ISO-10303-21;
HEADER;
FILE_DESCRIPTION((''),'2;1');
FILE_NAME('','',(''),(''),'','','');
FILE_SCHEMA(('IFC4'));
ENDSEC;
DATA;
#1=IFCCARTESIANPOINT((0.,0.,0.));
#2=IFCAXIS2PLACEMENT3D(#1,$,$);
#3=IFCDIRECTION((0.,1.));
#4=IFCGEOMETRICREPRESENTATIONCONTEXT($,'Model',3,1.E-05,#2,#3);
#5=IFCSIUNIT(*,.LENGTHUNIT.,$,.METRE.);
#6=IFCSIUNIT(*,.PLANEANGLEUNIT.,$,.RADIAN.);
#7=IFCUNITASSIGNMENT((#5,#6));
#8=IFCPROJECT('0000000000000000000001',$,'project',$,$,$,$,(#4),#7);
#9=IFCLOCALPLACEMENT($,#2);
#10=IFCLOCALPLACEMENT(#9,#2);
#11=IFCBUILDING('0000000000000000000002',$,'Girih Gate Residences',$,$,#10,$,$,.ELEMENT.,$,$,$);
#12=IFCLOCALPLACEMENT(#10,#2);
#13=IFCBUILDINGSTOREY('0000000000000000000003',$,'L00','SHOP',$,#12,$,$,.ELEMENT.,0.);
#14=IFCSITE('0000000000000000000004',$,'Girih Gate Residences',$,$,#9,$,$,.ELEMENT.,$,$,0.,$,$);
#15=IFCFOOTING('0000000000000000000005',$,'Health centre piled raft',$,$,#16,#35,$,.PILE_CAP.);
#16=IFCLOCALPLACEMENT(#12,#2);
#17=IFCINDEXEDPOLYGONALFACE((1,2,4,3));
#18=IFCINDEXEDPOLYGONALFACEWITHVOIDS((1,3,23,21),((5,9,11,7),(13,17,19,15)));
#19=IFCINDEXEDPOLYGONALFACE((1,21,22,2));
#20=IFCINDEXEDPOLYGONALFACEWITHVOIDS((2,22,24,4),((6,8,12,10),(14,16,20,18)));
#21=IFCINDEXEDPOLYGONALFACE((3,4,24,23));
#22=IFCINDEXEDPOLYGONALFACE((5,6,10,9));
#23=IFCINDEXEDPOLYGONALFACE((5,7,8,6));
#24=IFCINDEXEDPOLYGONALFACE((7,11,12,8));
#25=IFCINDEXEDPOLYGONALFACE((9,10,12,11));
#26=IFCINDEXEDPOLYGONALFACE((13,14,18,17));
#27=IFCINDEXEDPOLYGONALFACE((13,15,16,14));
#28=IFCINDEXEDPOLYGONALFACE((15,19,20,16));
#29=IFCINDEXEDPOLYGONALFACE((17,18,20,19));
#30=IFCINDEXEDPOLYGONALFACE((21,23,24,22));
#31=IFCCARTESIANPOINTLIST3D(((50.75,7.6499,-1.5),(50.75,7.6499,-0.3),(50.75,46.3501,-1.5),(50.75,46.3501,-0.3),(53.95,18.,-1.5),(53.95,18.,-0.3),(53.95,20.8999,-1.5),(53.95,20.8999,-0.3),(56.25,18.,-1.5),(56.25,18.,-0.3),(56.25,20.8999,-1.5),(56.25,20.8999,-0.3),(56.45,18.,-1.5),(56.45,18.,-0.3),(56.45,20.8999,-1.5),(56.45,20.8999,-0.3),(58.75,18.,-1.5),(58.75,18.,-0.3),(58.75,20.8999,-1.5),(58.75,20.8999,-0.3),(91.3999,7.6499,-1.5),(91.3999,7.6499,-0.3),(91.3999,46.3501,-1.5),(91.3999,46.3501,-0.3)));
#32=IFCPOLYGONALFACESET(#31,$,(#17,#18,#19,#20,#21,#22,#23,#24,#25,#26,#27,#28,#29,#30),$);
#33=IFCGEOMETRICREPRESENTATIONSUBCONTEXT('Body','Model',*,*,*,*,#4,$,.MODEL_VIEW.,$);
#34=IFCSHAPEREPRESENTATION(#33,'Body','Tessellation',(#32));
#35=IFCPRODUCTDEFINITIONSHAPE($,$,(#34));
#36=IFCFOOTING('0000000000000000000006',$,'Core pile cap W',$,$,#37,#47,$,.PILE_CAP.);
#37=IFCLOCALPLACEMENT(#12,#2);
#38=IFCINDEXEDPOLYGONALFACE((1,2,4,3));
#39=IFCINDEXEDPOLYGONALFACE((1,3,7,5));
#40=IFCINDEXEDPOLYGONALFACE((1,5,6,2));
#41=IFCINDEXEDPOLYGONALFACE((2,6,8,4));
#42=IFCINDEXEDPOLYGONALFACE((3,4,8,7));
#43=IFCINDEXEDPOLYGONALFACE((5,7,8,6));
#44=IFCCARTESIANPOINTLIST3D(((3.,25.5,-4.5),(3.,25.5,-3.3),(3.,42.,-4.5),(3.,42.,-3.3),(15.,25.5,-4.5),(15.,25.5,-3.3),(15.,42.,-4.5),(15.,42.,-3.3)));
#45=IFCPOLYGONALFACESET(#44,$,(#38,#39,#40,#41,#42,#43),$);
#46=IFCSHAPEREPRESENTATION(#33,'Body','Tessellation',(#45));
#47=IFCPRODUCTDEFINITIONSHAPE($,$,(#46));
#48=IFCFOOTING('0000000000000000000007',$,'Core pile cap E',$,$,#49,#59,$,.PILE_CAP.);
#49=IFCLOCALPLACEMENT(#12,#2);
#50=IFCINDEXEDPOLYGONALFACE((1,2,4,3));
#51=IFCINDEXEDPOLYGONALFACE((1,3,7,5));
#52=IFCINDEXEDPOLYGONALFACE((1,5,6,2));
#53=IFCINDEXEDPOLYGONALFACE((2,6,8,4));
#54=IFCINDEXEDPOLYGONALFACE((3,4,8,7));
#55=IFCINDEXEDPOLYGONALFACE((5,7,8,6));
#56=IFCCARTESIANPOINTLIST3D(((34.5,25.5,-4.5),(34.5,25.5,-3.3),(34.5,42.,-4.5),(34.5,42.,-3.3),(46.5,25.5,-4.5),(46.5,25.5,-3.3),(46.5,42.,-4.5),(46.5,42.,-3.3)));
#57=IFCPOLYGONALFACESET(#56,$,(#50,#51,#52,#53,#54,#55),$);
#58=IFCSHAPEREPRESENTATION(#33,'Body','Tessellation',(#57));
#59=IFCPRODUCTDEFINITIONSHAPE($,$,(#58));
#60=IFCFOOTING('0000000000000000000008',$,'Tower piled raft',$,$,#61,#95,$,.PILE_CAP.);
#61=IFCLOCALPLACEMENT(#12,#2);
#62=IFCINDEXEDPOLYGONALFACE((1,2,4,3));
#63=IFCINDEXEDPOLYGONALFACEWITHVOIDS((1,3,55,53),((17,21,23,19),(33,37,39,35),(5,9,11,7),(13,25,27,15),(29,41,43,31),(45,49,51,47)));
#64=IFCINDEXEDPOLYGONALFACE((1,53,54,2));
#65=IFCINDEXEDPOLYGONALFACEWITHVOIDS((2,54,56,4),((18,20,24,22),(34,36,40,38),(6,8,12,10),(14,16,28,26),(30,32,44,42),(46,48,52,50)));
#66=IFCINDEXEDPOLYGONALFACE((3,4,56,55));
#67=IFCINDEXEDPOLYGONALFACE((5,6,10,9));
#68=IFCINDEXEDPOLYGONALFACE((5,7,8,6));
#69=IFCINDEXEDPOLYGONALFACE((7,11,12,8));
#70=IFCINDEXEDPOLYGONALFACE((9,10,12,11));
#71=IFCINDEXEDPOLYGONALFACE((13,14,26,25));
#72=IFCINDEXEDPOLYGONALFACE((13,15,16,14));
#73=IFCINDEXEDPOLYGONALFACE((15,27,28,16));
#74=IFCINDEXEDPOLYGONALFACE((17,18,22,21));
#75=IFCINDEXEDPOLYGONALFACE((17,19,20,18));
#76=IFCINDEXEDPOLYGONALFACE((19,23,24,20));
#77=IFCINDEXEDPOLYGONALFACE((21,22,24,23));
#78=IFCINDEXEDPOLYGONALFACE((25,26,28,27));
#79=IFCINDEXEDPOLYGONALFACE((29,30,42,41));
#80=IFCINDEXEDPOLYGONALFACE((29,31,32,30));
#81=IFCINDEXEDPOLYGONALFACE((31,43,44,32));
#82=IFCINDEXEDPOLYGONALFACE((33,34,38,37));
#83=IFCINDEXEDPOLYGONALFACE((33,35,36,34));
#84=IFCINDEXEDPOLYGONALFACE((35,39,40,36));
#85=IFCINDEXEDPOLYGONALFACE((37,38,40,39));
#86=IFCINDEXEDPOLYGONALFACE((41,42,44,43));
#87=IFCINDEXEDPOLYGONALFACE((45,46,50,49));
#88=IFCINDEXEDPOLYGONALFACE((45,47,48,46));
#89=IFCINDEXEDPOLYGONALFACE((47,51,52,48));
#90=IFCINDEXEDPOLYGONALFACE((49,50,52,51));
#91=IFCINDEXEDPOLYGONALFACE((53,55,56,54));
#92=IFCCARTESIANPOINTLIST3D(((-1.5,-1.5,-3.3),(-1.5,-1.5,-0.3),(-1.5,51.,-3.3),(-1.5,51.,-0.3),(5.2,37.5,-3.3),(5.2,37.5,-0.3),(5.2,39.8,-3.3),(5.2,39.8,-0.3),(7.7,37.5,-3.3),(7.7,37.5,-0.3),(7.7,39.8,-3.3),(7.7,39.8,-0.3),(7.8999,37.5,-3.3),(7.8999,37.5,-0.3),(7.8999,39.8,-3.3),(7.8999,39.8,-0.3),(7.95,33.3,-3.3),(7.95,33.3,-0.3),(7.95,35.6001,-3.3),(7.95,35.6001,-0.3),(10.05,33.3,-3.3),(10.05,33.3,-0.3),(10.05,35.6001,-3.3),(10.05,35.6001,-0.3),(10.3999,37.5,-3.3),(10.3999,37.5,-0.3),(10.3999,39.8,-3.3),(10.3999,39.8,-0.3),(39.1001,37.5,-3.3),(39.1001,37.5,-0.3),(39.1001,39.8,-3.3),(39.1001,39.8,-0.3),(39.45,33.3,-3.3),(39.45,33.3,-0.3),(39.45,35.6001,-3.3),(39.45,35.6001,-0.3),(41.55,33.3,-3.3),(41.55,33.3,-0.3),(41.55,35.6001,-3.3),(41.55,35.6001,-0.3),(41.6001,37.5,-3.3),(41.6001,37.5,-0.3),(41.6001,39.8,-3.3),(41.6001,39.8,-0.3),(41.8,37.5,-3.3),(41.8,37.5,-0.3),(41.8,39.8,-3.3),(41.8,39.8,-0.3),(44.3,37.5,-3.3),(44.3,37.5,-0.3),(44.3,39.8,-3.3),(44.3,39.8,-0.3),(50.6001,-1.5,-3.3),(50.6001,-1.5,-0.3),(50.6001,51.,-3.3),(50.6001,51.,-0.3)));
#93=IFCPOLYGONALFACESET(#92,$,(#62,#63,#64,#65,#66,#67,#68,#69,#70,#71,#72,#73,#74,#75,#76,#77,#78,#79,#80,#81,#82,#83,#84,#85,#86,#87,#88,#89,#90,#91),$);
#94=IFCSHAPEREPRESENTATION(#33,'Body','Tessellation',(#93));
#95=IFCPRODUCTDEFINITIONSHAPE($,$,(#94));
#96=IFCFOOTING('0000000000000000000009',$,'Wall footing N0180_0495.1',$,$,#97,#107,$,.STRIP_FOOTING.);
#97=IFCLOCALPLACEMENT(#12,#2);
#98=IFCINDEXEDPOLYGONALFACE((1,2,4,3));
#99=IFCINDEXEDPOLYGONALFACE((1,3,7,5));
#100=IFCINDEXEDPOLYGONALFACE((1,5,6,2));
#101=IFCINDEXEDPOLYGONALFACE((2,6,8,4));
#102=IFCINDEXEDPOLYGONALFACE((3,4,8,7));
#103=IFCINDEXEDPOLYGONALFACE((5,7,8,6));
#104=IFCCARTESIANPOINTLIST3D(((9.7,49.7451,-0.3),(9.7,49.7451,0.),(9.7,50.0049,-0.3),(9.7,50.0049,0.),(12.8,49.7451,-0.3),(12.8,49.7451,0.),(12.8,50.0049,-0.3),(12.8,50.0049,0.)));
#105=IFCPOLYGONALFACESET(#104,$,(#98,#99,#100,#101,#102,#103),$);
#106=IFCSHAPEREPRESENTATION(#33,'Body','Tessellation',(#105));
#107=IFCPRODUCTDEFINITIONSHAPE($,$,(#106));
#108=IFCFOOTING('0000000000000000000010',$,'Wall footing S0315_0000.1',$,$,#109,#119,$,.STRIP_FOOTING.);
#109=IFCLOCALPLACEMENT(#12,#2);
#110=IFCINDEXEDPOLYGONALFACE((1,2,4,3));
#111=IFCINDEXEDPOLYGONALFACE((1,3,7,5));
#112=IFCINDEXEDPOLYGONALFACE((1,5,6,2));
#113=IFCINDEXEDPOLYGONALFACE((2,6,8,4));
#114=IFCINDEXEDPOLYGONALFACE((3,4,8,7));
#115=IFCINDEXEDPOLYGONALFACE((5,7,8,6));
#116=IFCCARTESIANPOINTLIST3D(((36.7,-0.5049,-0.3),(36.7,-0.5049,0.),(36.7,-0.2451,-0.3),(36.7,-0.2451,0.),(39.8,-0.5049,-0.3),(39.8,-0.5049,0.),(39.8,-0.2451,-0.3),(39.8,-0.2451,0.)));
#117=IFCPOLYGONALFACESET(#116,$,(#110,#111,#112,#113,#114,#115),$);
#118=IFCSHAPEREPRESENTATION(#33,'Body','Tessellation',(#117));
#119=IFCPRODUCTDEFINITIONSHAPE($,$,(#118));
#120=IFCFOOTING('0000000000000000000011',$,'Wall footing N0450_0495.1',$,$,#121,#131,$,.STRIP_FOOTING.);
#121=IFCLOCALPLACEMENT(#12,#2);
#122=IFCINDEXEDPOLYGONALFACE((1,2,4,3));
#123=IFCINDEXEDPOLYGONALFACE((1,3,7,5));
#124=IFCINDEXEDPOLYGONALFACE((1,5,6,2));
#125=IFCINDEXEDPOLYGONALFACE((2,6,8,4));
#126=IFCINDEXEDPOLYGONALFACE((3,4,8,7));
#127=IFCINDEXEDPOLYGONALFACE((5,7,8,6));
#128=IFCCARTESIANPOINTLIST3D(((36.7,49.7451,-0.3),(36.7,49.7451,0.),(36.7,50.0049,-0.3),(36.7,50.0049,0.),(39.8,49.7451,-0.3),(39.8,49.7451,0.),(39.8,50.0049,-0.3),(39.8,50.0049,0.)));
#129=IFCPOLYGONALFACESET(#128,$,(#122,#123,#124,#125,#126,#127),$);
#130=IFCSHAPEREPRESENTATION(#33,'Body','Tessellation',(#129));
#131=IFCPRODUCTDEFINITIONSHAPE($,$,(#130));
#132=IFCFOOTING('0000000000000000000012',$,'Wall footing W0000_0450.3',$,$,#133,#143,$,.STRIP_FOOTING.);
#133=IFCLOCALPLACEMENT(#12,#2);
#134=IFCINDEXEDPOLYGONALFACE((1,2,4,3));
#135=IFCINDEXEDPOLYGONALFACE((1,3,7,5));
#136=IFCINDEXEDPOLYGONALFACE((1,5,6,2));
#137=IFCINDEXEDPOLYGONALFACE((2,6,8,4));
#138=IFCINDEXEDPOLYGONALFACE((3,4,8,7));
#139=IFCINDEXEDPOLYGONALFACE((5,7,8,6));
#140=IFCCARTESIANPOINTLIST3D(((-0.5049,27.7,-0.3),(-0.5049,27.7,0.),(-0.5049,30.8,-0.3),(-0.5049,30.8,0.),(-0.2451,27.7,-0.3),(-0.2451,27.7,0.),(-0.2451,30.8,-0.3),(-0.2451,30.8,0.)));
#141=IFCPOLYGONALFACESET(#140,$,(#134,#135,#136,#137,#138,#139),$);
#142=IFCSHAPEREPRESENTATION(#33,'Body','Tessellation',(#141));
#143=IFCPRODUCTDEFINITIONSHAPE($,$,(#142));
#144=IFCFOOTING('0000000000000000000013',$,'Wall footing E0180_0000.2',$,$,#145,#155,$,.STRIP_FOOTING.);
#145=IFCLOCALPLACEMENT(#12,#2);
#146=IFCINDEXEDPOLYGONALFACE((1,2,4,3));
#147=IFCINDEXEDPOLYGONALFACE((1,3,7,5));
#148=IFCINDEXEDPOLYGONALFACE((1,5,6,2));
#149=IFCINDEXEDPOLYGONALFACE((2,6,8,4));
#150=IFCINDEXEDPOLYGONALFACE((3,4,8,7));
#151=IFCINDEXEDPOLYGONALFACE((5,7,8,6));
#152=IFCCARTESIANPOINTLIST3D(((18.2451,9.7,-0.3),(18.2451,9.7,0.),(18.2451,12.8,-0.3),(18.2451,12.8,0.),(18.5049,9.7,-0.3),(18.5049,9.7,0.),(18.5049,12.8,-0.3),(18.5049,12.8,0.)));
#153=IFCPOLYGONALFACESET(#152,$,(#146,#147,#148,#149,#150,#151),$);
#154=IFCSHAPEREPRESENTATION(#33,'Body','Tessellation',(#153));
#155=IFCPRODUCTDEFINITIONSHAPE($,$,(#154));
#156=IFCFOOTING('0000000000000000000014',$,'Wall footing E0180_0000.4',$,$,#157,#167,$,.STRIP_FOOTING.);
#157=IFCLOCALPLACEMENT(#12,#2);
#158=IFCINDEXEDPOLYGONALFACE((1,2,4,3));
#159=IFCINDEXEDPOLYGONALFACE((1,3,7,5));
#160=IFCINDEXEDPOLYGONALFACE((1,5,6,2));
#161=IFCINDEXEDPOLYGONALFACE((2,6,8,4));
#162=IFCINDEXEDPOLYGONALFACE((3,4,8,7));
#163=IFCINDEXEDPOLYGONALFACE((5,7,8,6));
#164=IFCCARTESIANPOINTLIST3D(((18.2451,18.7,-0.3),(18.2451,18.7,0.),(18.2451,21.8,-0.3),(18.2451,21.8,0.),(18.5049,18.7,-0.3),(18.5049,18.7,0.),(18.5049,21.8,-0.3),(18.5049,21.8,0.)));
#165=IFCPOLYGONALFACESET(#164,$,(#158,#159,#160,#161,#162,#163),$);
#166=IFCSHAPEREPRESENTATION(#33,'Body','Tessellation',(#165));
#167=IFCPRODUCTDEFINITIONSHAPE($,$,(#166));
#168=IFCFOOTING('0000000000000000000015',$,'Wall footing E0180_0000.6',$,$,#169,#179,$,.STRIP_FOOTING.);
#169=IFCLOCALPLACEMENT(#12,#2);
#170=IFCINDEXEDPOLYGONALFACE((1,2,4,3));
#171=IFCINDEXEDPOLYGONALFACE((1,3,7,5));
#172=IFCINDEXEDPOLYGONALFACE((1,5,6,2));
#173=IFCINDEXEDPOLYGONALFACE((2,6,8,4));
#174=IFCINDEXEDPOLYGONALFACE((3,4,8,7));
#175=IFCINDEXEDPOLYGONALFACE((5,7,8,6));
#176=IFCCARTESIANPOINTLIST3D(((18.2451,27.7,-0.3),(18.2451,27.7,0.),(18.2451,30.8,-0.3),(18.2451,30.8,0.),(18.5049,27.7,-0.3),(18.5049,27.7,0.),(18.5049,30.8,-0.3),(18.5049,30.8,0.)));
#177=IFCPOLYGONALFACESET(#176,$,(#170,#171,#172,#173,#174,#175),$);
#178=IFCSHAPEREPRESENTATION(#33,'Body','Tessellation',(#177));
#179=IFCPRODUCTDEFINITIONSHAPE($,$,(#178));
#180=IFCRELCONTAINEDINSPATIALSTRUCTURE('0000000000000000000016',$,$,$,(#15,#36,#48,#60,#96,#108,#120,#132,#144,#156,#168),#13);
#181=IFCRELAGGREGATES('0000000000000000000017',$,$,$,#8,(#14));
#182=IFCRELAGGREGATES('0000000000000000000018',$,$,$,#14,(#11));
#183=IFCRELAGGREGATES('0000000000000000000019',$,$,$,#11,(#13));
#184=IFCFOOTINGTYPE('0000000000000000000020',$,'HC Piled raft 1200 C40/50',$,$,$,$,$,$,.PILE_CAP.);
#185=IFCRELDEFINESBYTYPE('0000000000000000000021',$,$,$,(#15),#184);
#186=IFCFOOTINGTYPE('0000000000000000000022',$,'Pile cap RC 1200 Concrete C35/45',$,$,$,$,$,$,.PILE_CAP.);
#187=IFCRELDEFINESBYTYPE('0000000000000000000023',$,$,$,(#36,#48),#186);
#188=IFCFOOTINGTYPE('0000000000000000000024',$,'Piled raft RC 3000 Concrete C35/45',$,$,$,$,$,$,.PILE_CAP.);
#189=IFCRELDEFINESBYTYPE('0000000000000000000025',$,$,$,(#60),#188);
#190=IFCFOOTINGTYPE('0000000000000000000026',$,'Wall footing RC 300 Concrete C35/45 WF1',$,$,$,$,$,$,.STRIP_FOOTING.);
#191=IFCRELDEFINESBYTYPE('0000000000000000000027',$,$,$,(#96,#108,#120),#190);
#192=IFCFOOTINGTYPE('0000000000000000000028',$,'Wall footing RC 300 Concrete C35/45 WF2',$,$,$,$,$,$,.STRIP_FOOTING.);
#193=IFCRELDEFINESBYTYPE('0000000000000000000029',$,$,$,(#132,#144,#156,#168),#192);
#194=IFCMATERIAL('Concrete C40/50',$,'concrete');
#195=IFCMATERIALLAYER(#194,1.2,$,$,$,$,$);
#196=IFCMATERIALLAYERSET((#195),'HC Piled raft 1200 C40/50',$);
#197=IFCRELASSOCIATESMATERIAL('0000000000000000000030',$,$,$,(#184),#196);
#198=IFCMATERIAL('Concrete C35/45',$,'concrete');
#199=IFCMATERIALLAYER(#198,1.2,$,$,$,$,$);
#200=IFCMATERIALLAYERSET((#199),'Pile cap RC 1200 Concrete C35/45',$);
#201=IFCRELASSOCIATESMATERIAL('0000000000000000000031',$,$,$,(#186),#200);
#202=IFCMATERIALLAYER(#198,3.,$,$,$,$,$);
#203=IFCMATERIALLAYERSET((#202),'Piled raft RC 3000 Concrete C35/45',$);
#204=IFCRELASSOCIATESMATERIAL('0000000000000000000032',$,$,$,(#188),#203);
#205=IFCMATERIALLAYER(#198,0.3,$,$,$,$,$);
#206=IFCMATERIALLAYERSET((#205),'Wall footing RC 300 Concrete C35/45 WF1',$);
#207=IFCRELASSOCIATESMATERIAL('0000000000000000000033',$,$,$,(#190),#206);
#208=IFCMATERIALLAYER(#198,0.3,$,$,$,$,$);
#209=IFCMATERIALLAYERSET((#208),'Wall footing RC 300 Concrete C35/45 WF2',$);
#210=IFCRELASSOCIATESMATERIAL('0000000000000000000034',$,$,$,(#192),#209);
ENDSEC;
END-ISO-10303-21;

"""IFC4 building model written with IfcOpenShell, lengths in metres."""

from ifc_helpers import new_model, si_unit, direction, frame, origin, place, context, subcontext, project, spatial, polyline, outline, extrude, material, layer, layer_set, type_object, element, save


model = new_model("IFC4")

# Units and contexts
model_context = context("Model", 3, precision=1e-05, world=origin(), true_north=direction((0.0, 1.0)))
body_context = subcontext(model_context, "Body", "Model", "MODEL_VIEW")
ifc_project = project(units=[si_unit("LENGTHUNIT", "METRE"), si_unit("PLANEANGLEUNIT", "RADIAN")], contexts=[model_context])

# Site, building, storey
site_placement = place(None, origin())
site = spatial("IfcSite", under=ifc_project, at=site_placement, Name="Girih Gate Residences", CompositionType="ELEMENT", RefElevation=0.0)
building_placement = place(site_placement, origin())
building = spatial("IfcBuilding", under=site, at=building_placement, Name="Girih Gate Residences", CompositionType="ELEMENT")
storey_placement = place(building_placement, origin())
storey = spatial("IfcBuildingStorey", under=building, at=storey_placement, Name="L00", Description="SHOP", CompositionType="ELEMENT", Elevation=0.0)

# Footings
ifc_material_1 = material(Name="Concrete C40/50", Category="concrete")
ifc_layer_1 = layer(ifc_material_1, 1.2)
ifc_layer_set_1 = layer_set([ifc_layer_1], Name="HC Piled raft 1200 C40/50")
footing_type_1 = type_object("IfcFootingType", Name="HC Piled raft 1200 C40/50", PredefinedType="PILE_CAP", material=ifc_layer_set_1)
footing_1_placement = place(storey_placement, frame((0.0, 0.0, -1.5)))
element("IfcFooting", 1, at=footing_1_placement, inside=storey, type_object=footing_type_1, Name="Health centre piled raft", PredefinedType="PILE_CAP", context=body_context, shape_type="SweptSolid", body=[
    extrude(outline(polyline([(50.75, 7.6499), (91.3999, 7.6499), (91.3999, 46.3501), (50.75, 46.3501), (50.75, 7.6499)]), holes=[polyline([(53.95, 18.0), (56.25, 18.0), (56.25, 20.8999), (53.95, 20.8999), (53.95, 18.0)]), polyline([(56.45, 18.0), (58.75, 18.0), (58.75, 20.8999), (56.45, 20.8999), (56.45, 18.0)])]), origin(), (0.0, 0.0, 1.0), 1.2),
])
ifc_material_2 = material(Name="Concrete C35/45", Category="concrete")
ifc_layer_2 = layer(ifc_material_2, 1.2)
ifc_layer_set_2 = layer_set([ifc_layer_2], Name="Pile cap RC 1200 Concrete C35/45")
footing_type_2 = type_object("IfcFootingType", Name="Pile cap RC 1200 Concrete C35/45", PredefinedType="PILE_CAP", material=ifc_layer_set_2)
footing_2_placement = place(storey_placement, frame((0.0, 0.0, -4.5)))
element("IfcFooting", 2, at=footing_2_placement, inside=storey, type_object=footing_type_2, Name="Core pile cap W", PredefinedType="PILE_CAP", context=body_context, shape_type="SweptSolid", body=[
    extrude(outline(polyline([(3.0, 25.5), (15.0, 25.5), (15.0, 42.0), (3.0, 42.0), (3.0, 25.5)])), origin(), (0.0, 0.0, 1.0), 1.2),
])
footing_3_placement = place(storey_placement, frame((0.0, 0.0, -4.5)))
element("IfcFooting", 3, at=footing_3_placement, inside=storey, type_object=footing_type_2, Name="Core pile cap E", PredefinedType="PILE_CAP", context=body_context, shape_type="SweptSolid", body=[
    extrude(outline(polyline([(34.5, 25.5), (46.5, 25.5), (46.5, 42.0), (34.5, 42.0), (34.5, 25.5)])), origin(), (0.0, 0.0, 1.0), 1.2),
])
ifc_layer_3 = layer(ifc_material_2, 3.0)
ifc_layer_set_3 = layer_set([ifc_layer_3], Name="Piled raft RC 3000 Concrete C35/45")
footing_type_3 = type_object("IfcFootingType", Name="Piled raft RC 3000 Concrete C35/45", PredefinedType="PILE_CAP", material=ifc_layer_set_3)
footing_4_placement = place(storey_placement, frame((0.0, 0.0, -3.3)))
element("IfcFooting", 4, at=footing_4_placement, inside=storey, type_object=footing_type_3, Name="Tower piled raft", PredefinedType="PILE_CAP", context=body_context, shape_type="SweptSolid", body=[
    extrude(outline(polyline([(-1.5, -1.5), (50.6001, -1.5), (50.6001, 51.0), (-1.5, 51.0), (-1.5, -1.5)]), holes=[polyline([(5.2, 37.5), (7.7, 37.5), (7.7, 39.8), (5.2, 39.8), (5.2, 37.5)]), polyline([(7.8999, 37.5), (10.3999, 37.5), (10.3999, 39.8), (7.8999, 39.8), (7.8999, 37.5)]), polyline([(7.95, 33.3), (10.05, 33.3), (10.05, 35.6001), (7.95, 35.6001), (7.95, 33.3)]), polyline([(41.8, 37.5), (44.3, 37.5), (44.3, 39.8), (41.8, 39.8), (41.8, 37.5)]), polyline([(39.1001, 37.5), (41.6001, 37.5), (41.6001, 39.8), (39.1001, 39.8), (39.1001, 37.5)]), polyline([(39.45, 33.3), (41.55, 33.3), (41.55, 35.6001), (39.45, 35.6001), (39.45, 33.3)])]), origin(), (0.0, 0.0, 1.0), 3.0),
])
ifc_layer_4 = layer(ifc_material_2, 0.3)
ifc_layer_set_4 = layer_set([ifc_layer_4], Name="Wall footing RC 300 Concrete C35/45 WF1")
footing_type_4 = type_object("IfcFootingType", Name="Wall footing RC 300 Concrete C35/45 WF1", PredefinedType="STRIP_FOOTING", material=ifc_layer_set_4)
footing_5_placement = place(storey_placement, frame((0.0, 0.0, -0.3)))
element("IfcFooting", 5, at=footing_5_placement, inside=storey, type_object=footing_type_4, Name="Wall footing N0180_0495.1", PredefinedType="STRIP_FOOTING", context=body_context, shape_type="SweptSolid", body=[
    extrude(outline(polyline([(9.7, 49.7451), (12.8, 49.7451), (12.8, 50.0049), (9.7, 50.0049), (9.7, 49.7451)])), origin(), (0.0, 0.0, 1.0), 0.3),
])
footing_6_placement = place(storey_placement, frame((0.0, 0.0, -0.3)))
element("IfcFooting", 6, at=footing_6_placement, inside=storey, type_object=footing_type_4, Name="Wall footing S0315_0000.1", PredefinedType="STRIP_FOOTING", context=body_context, shape_type="SweptSolid", body=[
    extrude(outline(polyline([(39.8, -0.2451), (36.7, -0.2451), (36.7, -0.5049), (39.8, -0.5049), (39.8, -0.2451)])), origin(), (0.0, 0.0, 1.0), 0.3),
])
footing_7_placement = place(storey_placement, frame((0.0, 0.0, -0.3)))
element("IfcFooting", 7, at=footing_7_placement, inside=storey, type_object=footing_type_4, Name="Wall footing N0450_0495.1", PredefinedType="STRIP_FOOTING", context=body_context, shape_type="SweptSolid", body=[
    extrude(outline(polyline([(36.7, 49.7451), (39.8, 49.7451), (39.8, 50.0049), (36.7, 50.0049), (36.7, 49.7451)])), origin(), (0.0, 0.0, 1.0), 0.3),
])
ifc_layer_5 = layer(ifc_material_2, 0.3)
ifc_layer_set_5 = layer_set([ifc_layer_5], Name="Wall footing RC 300 Concrete C35/45 WF2")
footing_type_5 = type_object("IfcFootingType", Name="Wall footing RC 300 Concrete C35/45 WF2", PredefinedType="STRIP_FOOTING", material=ifc_layer_set_5)
footing_8_placement = place(storey_placement, frame((0.0, 0.0, -0.3)))
element("IfcFooting", 8, at=footing_8_placement, inside=storey, type_object=footing_type_5, Name="Wall footing W0000_0450.3", PredefinedType="STRIP_FOOTING", context=body_context, shape_type="SweptSolid", body=[
    extrude(outline(polyline([(-0.2451, 27.7), (-0.2451, 30.8), (-0.5049, 30.8), (-0.5049, 27.7), (-0.2451, 27.7)])), origin(), (0.0, 0.0, 1.0), 0.3),
])
footing_9_placement = place(storey_placement, frame((0.0, 0.0, -0.3)))
element("IfcFooting", 9, at=footing_9_placement, inside=storey, type_object=footing_type_5, Name="Wall footing E0180_0000.2", PredefinedType="STRIP_FOOTING", context=body_context, shape_type="SweptSolid", body=[
    extrude(outline(polyline([(18.2451, 12.8), (18.2451, 9.7), (18.5049, 9.7), (18.5049, 12.8), (18.2451, 12.8)])), origin(), (0.0, 0.0, 1.0), 0.3),
])
footing_10_placement = place(storey_placement, frame((0.0, 0.0, -0.3)))
element("IfcFooting", 10, at=footing_10_placement, inside=storey, type_object=footing_type_5, Name="Wall footing E0180_0000.4", PredefinedType="STRIP_FOOTING", context=body_context, shape_type="SweptSolid", body=[
    extrude(outline(polyline([(18.2451, 21.8), (18.2451, 18.7), (18.5049, 18.7), (18.5049, 21.8), (18.2451, 21.8)])), origin(), (0.0, 0.0, 1.0), 0.3),
])
footing_11_placement = place(storey_placement, frame((0.0, 0.0, -0.3)))
element("IfcFooting", 11, at=footing_11_placement, inside=storey, type_object=footing_type_5, Name="Wall footing E0180_0000.6", PredefinedType="STRIP_FOOTING", context=body_context, shape_type="SweptSolid", body=[
    extrude(outline(polyline([(18.2451, 30.8), (18.2451, 27.7), (18.5049, 27.7), (18.5049, 30.8), (18.2451, 30.8)])), origin(), (0.0, 0.0, 1.0), 0.3),
])

save(model, "model.ifc")
